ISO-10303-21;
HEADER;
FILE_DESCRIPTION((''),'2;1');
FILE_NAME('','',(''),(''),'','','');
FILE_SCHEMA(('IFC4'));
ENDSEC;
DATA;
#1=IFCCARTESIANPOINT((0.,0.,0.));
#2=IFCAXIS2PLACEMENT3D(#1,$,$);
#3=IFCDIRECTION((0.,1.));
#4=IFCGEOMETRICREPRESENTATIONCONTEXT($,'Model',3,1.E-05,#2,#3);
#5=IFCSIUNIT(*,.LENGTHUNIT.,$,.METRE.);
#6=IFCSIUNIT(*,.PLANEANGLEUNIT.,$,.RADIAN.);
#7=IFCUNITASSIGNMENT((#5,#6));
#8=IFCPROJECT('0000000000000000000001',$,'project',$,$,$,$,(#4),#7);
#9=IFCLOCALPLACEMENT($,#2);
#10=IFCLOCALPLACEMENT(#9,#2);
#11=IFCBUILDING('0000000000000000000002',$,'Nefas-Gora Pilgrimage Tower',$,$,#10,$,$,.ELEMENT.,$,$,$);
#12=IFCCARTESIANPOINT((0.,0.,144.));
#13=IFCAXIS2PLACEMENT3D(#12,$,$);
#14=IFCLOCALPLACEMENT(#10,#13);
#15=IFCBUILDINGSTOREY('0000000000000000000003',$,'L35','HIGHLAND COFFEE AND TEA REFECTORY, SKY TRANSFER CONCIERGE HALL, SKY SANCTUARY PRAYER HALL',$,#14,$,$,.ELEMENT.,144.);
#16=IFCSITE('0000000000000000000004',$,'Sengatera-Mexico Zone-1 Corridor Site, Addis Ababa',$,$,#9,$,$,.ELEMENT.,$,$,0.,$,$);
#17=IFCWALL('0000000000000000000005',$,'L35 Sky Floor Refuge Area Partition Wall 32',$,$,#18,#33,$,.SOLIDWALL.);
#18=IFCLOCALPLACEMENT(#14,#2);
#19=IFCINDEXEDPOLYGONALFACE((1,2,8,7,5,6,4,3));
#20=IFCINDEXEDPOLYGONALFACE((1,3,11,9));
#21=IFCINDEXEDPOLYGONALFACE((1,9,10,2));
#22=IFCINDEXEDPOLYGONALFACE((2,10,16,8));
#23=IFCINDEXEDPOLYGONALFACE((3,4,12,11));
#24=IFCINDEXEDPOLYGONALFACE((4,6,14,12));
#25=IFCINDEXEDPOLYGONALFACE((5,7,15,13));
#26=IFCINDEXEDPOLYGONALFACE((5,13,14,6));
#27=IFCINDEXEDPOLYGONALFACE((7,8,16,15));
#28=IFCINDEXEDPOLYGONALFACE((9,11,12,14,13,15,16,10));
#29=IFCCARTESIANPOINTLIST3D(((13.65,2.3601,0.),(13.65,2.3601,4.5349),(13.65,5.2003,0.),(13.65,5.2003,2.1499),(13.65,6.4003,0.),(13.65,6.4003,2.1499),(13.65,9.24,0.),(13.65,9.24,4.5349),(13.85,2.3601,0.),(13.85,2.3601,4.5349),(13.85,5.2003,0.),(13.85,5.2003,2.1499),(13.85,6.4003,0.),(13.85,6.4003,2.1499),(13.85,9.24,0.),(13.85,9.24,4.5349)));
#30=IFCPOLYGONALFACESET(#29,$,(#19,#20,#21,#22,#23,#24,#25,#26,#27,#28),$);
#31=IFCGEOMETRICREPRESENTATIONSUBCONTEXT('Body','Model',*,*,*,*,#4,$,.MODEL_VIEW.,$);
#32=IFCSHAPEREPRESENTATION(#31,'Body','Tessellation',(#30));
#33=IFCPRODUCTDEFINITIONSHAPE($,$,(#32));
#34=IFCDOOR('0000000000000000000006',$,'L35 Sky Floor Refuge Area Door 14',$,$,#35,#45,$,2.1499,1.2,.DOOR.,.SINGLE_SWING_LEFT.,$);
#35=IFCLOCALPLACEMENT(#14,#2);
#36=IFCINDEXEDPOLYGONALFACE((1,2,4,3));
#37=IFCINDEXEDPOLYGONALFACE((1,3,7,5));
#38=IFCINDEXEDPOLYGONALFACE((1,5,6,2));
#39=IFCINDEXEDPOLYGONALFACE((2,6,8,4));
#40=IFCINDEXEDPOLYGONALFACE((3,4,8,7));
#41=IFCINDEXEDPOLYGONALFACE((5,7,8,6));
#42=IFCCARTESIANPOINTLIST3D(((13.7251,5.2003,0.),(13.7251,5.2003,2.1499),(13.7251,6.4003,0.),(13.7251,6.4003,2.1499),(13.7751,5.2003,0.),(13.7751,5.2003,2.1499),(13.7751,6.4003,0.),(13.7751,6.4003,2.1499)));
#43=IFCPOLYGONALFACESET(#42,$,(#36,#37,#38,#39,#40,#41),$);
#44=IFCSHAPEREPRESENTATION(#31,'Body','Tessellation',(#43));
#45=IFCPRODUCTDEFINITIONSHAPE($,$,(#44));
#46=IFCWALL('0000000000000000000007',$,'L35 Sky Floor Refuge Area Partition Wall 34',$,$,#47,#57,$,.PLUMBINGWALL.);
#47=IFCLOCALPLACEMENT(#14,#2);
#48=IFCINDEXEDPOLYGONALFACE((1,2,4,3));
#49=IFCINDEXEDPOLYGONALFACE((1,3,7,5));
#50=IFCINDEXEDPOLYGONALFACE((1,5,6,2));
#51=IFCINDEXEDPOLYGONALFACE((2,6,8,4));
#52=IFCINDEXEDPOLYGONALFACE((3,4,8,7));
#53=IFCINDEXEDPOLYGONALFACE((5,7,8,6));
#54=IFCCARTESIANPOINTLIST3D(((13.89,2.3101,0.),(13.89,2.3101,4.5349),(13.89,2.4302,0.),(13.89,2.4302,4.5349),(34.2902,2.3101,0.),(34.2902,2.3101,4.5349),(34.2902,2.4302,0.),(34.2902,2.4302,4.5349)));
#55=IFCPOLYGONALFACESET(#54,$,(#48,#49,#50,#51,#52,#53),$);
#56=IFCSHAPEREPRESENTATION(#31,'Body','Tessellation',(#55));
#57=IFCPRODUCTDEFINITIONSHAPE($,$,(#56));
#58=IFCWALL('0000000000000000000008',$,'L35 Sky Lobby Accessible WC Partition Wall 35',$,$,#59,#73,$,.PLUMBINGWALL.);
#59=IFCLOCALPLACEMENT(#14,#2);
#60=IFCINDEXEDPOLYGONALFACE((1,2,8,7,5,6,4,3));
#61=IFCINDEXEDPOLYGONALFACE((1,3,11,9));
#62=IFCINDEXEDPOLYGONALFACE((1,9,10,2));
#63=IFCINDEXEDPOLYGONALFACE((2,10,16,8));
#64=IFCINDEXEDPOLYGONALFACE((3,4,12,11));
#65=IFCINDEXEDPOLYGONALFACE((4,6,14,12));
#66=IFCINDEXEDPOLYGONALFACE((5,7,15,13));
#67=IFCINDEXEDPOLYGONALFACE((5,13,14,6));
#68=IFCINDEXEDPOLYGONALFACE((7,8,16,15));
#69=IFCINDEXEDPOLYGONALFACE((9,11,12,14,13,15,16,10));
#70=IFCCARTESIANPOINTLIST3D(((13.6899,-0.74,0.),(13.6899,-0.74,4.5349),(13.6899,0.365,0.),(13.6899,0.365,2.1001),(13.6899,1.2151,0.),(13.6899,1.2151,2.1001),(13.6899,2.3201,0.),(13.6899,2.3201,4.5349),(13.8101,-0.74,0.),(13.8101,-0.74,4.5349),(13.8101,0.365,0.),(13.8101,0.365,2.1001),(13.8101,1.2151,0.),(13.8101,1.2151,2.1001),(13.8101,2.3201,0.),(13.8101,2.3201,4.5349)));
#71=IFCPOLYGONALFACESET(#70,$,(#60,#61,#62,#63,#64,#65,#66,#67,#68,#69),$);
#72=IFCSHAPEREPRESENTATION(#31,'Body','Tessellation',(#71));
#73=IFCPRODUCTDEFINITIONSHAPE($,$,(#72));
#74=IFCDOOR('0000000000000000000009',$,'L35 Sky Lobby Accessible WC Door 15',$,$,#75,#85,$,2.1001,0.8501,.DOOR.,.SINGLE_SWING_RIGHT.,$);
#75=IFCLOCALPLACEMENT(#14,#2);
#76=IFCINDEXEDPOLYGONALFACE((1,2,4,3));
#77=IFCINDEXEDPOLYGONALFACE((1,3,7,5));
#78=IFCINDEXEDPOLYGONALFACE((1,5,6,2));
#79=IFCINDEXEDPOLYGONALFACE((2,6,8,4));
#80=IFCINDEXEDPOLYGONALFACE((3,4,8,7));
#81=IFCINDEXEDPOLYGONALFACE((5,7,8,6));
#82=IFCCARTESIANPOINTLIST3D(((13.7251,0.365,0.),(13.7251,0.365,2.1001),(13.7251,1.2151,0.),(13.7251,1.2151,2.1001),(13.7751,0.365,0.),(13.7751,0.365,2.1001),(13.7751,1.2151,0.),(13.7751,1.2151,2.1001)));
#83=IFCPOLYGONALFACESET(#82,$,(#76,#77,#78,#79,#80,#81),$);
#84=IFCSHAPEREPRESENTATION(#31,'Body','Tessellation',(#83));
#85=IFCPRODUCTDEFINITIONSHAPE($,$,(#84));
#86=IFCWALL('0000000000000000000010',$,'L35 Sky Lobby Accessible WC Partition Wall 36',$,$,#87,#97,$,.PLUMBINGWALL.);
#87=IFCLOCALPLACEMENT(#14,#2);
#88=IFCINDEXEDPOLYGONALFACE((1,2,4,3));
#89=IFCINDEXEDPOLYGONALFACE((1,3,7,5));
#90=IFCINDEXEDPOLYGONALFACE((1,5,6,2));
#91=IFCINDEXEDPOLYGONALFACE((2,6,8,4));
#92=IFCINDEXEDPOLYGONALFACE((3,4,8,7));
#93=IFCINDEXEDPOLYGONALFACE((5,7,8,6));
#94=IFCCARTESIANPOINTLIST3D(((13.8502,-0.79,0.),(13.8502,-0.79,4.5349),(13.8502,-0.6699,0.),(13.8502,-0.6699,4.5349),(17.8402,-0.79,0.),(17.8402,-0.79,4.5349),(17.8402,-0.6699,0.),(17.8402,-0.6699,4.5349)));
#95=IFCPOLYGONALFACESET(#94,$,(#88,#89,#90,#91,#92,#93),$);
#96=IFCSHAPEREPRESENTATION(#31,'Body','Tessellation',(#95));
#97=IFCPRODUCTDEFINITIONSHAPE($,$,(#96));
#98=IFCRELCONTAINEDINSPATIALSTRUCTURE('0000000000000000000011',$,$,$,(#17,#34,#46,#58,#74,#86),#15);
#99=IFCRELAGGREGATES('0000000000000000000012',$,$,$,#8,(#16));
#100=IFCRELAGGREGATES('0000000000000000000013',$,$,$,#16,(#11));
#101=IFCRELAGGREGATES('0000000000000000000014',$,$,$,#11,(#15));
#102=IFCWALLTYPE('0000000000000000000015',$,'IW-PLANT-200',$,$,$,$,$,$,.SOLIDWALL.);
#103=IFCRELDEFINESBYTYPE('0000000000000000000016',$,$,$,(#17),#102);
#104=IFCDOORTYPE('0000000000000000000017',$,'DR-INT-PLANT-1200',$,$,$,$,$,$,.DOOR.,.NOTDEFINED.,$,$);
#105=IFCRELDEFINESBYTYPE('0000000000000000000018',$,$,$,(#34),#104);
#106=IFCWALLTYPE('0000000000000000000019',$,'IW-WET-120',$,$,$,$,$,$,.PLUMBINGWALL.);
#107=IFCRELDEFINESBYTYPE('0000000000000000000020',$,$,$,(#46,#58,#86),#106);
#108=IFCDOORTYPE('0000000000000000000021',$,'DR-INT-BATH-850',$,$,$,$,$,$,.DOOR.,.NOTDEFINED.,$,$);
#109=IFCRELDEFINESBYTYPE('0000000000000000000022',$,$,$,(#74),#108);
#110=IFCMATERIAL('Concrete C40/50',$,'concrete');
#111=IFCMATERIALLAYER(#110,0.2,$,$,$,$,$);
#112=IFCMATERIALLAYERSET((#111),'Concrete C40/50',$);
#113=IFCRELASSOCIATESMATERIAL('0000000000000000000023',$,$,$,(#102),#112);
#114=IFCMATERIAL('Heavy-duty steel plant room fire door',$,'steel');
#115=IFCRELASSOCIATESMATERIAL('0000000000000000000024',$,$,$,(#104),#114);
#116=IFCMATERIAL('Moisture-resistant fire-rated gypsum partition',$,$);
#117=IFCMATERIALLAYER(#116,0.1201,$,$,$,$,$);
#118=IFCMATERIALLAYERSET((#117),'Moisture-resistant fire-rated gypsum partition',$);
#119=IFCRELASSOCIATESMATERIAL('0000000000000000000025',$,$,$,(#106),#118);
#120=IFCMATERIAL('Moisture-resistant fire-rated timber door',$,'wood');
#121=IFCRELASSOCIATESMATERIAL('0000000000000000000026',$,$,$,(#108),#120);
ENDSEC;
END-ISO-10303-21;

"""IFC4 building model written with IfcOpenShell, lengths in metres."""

from ifc_helpers import new_model, si_unit, direction, frame, frame_2d, origin, place, context, subcontext, project, spatial, rectangle, extrude, source, transform, mapped, material, layer, layer_set, type_object, element, fill, save


model = new_model("IFC4")

# Units and contexts
model_context = context("Model", 3, precision=1e-05, world=origin(), true_north=direction((0.0, 1.0)))
body_context = subcontext(model_context, "Body", "Model", "MODEL_VIEW")
ifc_project = project(units=[si_unit("LENGTHUNIT", "METRE"), si_unit("PLANEANGLEUNIT", "RADIAN")], contexts=[model_context])

# Site, building, storey
site_placement = place(None, origin())
site = spatial("IfcSite", under=ifc_project, at=site_placement, Name="Sengatera-Mexico Zone-1 Corridor Site, Addis Ababa", CompositionType="ELEMENT", RefElevation=0.0)
building_placement = place(site_placement, origin())
building = spatial("IfcBuilding", under=site, at=building_placement, Name="Nefas-Gora Pilgrimage Tower", CompositionType="ELEMENT")
storey_placement = place(building_placement, frame((0.0, 0.0, 144.0)))
storey = spatial("IfcBuildingStorey", under=building, at=storey_placement, Name="L35", Description="HIGHLAND COFFEE AND TEA REFECTORY, SKY TRANSFER CONCIERGE HALL, SKY SANCTUARY PRAYER HALL", CompositionType="ELEMENT", Elevation=144.0)

# Shared definitions
ifc_material_1 = material(Name="Concrete C40/50", Category="concrete")

# Wall, opening, door
ifc_layer_1 = layer(ifc_material_1, 0.2)
ifc_layer_set_1 = layer_set([ifc_layer_1], Name="Concrete C40/50")
wall_type_1 = type_object("IfcWallType", Name="IW-PLANT-200", PredefinedType="SOLIDWALL", material=ifc_layer_set_1)
shared_shape_1 = source(origin(), body_context, "Body", "SweptSolid", [
    extrude(rectangle(XDim=6.8799, YDim=0.2, at=frame_2d((3.4399, 0.0))), origin(), (0.0, 0.0, 1.0), 4.5349),
])
wall_1_placement = place(storey_placement, frame((13.75, 2.3601, 0.0), z_axis=(0.0, 0.0, 1.0), x_axis=(0.0, 1.0, 0.0)))
wall_1 = element("IfcWall", 1, at=wall_1_placement, inside=storey, type_object=wall_type_1, Name="L35 Sky Floor Refuge Area Partition Wall 32", PredefinedType="SOLIDWALL", context=body_context, shape_type="MappedRepresentation", body=[
    mapped(shared_shape_1, transform((0.0, 0.0, 0.0), x_axis=(1.0, 0.0, 0.0), y_axis=(0.0, 1.0, 0.0), z_axis=(0.0, 0.0, 1.0), scale=1.0)),
])
opening_1_placement = place(wall_1_placement, frame((2.8401, 0.0, 0.0)))
opening_1 = element("IfcOpeningElement", 2, at=opening_1_placement, cuts=wall_1, PredefinedType="OPENING", context=body_context, shape_type="SweptSolid", body=[
    extrude(rectangle(XDim=1.2, YDim=2.1499, at=frame_2d((0.6001, 1.075))), frame((0.0, 0.1099, 0.0), z_axis=(0.0, -1.0, 0.0), x_axis=(1.0, 0.0, 0.0)), (0.0, 0.0, 1.0), 0.22),
])
ifc_material_2 = material(Name="Heavy-duty steel plant room fire door", Category="steel")
door_type_1 = type_object("IfcDoorType", Name="DR-INT-PLANT-1200", OperationType="NOTDEFINED", PredefinedType="DOOR", material=ifc_material_2)
shared_shape_2 = source(origin(), body_context, "Body", "SweptSolid", [
    extrude(rectangle(XDim=1.2, YDim=2.1499, at=frame_2d((0.6001, 1.075))), frame((0.0, 0.0249, 0.0), z_axis=(0.0, -1.0, 0.0), x_axis=(1.0, 0.0, 0.0)), (0.0, 0.0, 1.0), 0.05),
])
door_1_placement = place(opening_1_placement, origin())
door_1 = element("IfcDoor", 3, at=door_1_placement, inside=storey, type_object=door_type_1, Name="L35 Sky Floor Refuge Area Door 14", OperationType="SINGLE_SWING_LEFT", OverallHeight=2.1499, OverallWidth=1.2, PredefinedType="DOOR", context=body_context, shape_type="MappedRepresentation", body=[
    mapped(shared_shape_2, transform((0.0, 0.0, 0.0), x_axis=(1.0, 0.0, 0.0), y_axis=(0.0, 1.0, 0.0), z_axis=(0.0, 0.0, 1.0), scale=1.0)),
])
fill(opening_1, door_1)

# Wall
ifc_material_3 = material(Name="Moisture-resistant fire-rated gypsum partition")
ifc_layer_2 = layer(ifc_material_3, 0.1201)
ifc_layer_set_2 = layer_set([ifc_layer_2], Name="Moisture-resistant fire-rated gypsum partition")
wall_type_2 = type_object("IfcWallType", Name="IW-WET-120", PredefinedType="PLUMBINGWALL", material=ifc_layer_set_2)
shared_shape_3 = source(origin(), body_context, "Body", "SweptSolid", [
    extrude(rectangle(XDim=20.4001, YDim=0.1201, at=frame_2d((10.2002, 0.0))), origin(), (0.0, 0.0, 1.0), 4.5349),
])
wall_2_placement = place(storey_placement, frame((13.8899, 2.3701, 0.0), z_axis=(0.0, 0.0, 1.0), x_axis=(1.0, 0.0, 0.0)))
element("IfcWall", 4, at=wall_2_placement, inside=storey, type_object=wall_type_2, Name="L35 Sky Floor Refuge Area Partition Wall 34", PredefinedType="PLUMBINGWALL", context=body_context, shape_type="MappedRepresentation", body=[
    mapped(shared_shape_3, transform((0.0, 0.0, 0.0), x_axis=(1.0, 0.0, 0.0), y_axis=(0.0, 1.0, 0.0), z_axis=(0.0, 0.0, 1.0), scale=1.0)),
])

# Wall, opening, door
shared_shape_4 = source(origin(), body_context, "Body", "SweptSolid", [
    extrude(rectangle(XDim=3.0601, YDim=0.1201, at=frame_2d((1.53, 0.0))), origin(), (0.0, 0.0, 1.0), 4.5349),
])
wall_3_placement = place(storey_placement, frame((13.75, -0.74, 0.0), z_axis=(0.0, 0.0, 1.0), x_axis=(0.0, 1.0, 0.0)))
wall_3 = element("IfcWall", 5, at=wall_3_placement, inside=storey, type_object=wall_type_2, Name="L35 Sky Lobby Accessible WC Partition Wall 35", PredefinedType="PLUMBINGWALL", context=body_context, shape_type="MappedRepresentation", body=[
    mapped(shared_shape_4, transform((0.0, 0.0, 0.0), x_axis=(1.0, 0.0, 0.0), y_axis=(0.0, 1.0, 0.0), z_axis=(0.0, 0.0, 1.0), scale=1.0)),
])
opening_2_placement = place(wall_3_placement, frame((1.105, 0.0, 0.0)))
opening_2 = element("IfcOpeningElement", 6, at=opening_2_placement, cuts=wall_3, PredefinedType="OPENING", context=body_context, shape_type="SweptSolid", body=[
    extrude(rectangle(XDim=0.8501, YDim=2.1001, at=frame_2d((0.425, 1.05))), frame((0.0, 0.0701, 0.0), z_axis=(0.0, -1.0, 0.0), x_axis=(1.0, 0.0, 0.0)), (0.0, 0.0, 1.0), 0.1401),
])
ifc_material_4 = material(Name="Moisture-resistant fire-rated timber door", Category="wood")
door_type_2 = type_object("IfcDoorType", Name="DR-INT-BATH-850", OperationType="NOTDEFINED", PredefinedType="DOOR", material=ifc_material_4)
shared_shape_5 = source(origin(), body_context, "Body", "SweptSolid", [
    extrude(rectangle(XDim=0.8501, YDim=2.1001, at=frame_2d((0.425, 1.05))), frame((0.0, 0.0249, 0.0), z_axis=(0.0, -1.0, 0.0), x_axis=(1.0, 0.0, 0.0)), (0.0, 0.0, 1.0), 0.05),
])
door_2_placement = place(opening_2_placement, origin())
door_2 = element("IfcDoor", 7, at=door_2_placement, inside=storey, type_object=door_type_2, Name="L35 Sky Lobby Accessible WC Door 15", OperationType="SINGLE_SWING_RIGHT", OverallHeight=2.1001, OverallWidth=0.8501, PredefinedType="DOOR", context=body_context, shape_type="MappedRepresentation", body=[
    mapped(shared_shape_5, transform((0.0, 0.0, 0.0), x_axis=(1.0, 0.0, 0.0), y_axis=(0.0, 1.0, 0.0), z_axis=(0.0, 0.0, 1.0), scale=1.0)),
])
fill(opening_2, door_2)

# Wall
shared_shape_6 = source(origin(), body_context, "Body", "SweptSolid", [
    extrude(rectangle(XDim=3.99, YDim=0.1201, at=frame_2d((1.9951, 0.0))), origin(), (0.0, 0.0, 1.0), 4.5349),
])
wall_4_placement = place(storey_placement, frame((13.8501, -0.73, 0.0), z_axis=(0.0, 0.0, 1.0), x_axis=(1.0, 0.0, 0.0)))
element("IfcWall", 8, at=wall_4_placement, inside=storey, type_object=wall_type_2, Name="L35 Sky Lobby Accessible WC Partition Wall 36", PredefinedType="PLUMBINGWALL", context=body_context, shape_type="MappedRepresentation", body=[
    mapped(shared_shape_6, transform((0.0, 0.0, 0.0), x_axis=(1.0, 0.0, 0.0), y_axis=(0.0, 1.0, 0.0), z_axis=(0.0, 0.0, 1.0), scale=1.0)),
])

save(model, "model.ifc")
